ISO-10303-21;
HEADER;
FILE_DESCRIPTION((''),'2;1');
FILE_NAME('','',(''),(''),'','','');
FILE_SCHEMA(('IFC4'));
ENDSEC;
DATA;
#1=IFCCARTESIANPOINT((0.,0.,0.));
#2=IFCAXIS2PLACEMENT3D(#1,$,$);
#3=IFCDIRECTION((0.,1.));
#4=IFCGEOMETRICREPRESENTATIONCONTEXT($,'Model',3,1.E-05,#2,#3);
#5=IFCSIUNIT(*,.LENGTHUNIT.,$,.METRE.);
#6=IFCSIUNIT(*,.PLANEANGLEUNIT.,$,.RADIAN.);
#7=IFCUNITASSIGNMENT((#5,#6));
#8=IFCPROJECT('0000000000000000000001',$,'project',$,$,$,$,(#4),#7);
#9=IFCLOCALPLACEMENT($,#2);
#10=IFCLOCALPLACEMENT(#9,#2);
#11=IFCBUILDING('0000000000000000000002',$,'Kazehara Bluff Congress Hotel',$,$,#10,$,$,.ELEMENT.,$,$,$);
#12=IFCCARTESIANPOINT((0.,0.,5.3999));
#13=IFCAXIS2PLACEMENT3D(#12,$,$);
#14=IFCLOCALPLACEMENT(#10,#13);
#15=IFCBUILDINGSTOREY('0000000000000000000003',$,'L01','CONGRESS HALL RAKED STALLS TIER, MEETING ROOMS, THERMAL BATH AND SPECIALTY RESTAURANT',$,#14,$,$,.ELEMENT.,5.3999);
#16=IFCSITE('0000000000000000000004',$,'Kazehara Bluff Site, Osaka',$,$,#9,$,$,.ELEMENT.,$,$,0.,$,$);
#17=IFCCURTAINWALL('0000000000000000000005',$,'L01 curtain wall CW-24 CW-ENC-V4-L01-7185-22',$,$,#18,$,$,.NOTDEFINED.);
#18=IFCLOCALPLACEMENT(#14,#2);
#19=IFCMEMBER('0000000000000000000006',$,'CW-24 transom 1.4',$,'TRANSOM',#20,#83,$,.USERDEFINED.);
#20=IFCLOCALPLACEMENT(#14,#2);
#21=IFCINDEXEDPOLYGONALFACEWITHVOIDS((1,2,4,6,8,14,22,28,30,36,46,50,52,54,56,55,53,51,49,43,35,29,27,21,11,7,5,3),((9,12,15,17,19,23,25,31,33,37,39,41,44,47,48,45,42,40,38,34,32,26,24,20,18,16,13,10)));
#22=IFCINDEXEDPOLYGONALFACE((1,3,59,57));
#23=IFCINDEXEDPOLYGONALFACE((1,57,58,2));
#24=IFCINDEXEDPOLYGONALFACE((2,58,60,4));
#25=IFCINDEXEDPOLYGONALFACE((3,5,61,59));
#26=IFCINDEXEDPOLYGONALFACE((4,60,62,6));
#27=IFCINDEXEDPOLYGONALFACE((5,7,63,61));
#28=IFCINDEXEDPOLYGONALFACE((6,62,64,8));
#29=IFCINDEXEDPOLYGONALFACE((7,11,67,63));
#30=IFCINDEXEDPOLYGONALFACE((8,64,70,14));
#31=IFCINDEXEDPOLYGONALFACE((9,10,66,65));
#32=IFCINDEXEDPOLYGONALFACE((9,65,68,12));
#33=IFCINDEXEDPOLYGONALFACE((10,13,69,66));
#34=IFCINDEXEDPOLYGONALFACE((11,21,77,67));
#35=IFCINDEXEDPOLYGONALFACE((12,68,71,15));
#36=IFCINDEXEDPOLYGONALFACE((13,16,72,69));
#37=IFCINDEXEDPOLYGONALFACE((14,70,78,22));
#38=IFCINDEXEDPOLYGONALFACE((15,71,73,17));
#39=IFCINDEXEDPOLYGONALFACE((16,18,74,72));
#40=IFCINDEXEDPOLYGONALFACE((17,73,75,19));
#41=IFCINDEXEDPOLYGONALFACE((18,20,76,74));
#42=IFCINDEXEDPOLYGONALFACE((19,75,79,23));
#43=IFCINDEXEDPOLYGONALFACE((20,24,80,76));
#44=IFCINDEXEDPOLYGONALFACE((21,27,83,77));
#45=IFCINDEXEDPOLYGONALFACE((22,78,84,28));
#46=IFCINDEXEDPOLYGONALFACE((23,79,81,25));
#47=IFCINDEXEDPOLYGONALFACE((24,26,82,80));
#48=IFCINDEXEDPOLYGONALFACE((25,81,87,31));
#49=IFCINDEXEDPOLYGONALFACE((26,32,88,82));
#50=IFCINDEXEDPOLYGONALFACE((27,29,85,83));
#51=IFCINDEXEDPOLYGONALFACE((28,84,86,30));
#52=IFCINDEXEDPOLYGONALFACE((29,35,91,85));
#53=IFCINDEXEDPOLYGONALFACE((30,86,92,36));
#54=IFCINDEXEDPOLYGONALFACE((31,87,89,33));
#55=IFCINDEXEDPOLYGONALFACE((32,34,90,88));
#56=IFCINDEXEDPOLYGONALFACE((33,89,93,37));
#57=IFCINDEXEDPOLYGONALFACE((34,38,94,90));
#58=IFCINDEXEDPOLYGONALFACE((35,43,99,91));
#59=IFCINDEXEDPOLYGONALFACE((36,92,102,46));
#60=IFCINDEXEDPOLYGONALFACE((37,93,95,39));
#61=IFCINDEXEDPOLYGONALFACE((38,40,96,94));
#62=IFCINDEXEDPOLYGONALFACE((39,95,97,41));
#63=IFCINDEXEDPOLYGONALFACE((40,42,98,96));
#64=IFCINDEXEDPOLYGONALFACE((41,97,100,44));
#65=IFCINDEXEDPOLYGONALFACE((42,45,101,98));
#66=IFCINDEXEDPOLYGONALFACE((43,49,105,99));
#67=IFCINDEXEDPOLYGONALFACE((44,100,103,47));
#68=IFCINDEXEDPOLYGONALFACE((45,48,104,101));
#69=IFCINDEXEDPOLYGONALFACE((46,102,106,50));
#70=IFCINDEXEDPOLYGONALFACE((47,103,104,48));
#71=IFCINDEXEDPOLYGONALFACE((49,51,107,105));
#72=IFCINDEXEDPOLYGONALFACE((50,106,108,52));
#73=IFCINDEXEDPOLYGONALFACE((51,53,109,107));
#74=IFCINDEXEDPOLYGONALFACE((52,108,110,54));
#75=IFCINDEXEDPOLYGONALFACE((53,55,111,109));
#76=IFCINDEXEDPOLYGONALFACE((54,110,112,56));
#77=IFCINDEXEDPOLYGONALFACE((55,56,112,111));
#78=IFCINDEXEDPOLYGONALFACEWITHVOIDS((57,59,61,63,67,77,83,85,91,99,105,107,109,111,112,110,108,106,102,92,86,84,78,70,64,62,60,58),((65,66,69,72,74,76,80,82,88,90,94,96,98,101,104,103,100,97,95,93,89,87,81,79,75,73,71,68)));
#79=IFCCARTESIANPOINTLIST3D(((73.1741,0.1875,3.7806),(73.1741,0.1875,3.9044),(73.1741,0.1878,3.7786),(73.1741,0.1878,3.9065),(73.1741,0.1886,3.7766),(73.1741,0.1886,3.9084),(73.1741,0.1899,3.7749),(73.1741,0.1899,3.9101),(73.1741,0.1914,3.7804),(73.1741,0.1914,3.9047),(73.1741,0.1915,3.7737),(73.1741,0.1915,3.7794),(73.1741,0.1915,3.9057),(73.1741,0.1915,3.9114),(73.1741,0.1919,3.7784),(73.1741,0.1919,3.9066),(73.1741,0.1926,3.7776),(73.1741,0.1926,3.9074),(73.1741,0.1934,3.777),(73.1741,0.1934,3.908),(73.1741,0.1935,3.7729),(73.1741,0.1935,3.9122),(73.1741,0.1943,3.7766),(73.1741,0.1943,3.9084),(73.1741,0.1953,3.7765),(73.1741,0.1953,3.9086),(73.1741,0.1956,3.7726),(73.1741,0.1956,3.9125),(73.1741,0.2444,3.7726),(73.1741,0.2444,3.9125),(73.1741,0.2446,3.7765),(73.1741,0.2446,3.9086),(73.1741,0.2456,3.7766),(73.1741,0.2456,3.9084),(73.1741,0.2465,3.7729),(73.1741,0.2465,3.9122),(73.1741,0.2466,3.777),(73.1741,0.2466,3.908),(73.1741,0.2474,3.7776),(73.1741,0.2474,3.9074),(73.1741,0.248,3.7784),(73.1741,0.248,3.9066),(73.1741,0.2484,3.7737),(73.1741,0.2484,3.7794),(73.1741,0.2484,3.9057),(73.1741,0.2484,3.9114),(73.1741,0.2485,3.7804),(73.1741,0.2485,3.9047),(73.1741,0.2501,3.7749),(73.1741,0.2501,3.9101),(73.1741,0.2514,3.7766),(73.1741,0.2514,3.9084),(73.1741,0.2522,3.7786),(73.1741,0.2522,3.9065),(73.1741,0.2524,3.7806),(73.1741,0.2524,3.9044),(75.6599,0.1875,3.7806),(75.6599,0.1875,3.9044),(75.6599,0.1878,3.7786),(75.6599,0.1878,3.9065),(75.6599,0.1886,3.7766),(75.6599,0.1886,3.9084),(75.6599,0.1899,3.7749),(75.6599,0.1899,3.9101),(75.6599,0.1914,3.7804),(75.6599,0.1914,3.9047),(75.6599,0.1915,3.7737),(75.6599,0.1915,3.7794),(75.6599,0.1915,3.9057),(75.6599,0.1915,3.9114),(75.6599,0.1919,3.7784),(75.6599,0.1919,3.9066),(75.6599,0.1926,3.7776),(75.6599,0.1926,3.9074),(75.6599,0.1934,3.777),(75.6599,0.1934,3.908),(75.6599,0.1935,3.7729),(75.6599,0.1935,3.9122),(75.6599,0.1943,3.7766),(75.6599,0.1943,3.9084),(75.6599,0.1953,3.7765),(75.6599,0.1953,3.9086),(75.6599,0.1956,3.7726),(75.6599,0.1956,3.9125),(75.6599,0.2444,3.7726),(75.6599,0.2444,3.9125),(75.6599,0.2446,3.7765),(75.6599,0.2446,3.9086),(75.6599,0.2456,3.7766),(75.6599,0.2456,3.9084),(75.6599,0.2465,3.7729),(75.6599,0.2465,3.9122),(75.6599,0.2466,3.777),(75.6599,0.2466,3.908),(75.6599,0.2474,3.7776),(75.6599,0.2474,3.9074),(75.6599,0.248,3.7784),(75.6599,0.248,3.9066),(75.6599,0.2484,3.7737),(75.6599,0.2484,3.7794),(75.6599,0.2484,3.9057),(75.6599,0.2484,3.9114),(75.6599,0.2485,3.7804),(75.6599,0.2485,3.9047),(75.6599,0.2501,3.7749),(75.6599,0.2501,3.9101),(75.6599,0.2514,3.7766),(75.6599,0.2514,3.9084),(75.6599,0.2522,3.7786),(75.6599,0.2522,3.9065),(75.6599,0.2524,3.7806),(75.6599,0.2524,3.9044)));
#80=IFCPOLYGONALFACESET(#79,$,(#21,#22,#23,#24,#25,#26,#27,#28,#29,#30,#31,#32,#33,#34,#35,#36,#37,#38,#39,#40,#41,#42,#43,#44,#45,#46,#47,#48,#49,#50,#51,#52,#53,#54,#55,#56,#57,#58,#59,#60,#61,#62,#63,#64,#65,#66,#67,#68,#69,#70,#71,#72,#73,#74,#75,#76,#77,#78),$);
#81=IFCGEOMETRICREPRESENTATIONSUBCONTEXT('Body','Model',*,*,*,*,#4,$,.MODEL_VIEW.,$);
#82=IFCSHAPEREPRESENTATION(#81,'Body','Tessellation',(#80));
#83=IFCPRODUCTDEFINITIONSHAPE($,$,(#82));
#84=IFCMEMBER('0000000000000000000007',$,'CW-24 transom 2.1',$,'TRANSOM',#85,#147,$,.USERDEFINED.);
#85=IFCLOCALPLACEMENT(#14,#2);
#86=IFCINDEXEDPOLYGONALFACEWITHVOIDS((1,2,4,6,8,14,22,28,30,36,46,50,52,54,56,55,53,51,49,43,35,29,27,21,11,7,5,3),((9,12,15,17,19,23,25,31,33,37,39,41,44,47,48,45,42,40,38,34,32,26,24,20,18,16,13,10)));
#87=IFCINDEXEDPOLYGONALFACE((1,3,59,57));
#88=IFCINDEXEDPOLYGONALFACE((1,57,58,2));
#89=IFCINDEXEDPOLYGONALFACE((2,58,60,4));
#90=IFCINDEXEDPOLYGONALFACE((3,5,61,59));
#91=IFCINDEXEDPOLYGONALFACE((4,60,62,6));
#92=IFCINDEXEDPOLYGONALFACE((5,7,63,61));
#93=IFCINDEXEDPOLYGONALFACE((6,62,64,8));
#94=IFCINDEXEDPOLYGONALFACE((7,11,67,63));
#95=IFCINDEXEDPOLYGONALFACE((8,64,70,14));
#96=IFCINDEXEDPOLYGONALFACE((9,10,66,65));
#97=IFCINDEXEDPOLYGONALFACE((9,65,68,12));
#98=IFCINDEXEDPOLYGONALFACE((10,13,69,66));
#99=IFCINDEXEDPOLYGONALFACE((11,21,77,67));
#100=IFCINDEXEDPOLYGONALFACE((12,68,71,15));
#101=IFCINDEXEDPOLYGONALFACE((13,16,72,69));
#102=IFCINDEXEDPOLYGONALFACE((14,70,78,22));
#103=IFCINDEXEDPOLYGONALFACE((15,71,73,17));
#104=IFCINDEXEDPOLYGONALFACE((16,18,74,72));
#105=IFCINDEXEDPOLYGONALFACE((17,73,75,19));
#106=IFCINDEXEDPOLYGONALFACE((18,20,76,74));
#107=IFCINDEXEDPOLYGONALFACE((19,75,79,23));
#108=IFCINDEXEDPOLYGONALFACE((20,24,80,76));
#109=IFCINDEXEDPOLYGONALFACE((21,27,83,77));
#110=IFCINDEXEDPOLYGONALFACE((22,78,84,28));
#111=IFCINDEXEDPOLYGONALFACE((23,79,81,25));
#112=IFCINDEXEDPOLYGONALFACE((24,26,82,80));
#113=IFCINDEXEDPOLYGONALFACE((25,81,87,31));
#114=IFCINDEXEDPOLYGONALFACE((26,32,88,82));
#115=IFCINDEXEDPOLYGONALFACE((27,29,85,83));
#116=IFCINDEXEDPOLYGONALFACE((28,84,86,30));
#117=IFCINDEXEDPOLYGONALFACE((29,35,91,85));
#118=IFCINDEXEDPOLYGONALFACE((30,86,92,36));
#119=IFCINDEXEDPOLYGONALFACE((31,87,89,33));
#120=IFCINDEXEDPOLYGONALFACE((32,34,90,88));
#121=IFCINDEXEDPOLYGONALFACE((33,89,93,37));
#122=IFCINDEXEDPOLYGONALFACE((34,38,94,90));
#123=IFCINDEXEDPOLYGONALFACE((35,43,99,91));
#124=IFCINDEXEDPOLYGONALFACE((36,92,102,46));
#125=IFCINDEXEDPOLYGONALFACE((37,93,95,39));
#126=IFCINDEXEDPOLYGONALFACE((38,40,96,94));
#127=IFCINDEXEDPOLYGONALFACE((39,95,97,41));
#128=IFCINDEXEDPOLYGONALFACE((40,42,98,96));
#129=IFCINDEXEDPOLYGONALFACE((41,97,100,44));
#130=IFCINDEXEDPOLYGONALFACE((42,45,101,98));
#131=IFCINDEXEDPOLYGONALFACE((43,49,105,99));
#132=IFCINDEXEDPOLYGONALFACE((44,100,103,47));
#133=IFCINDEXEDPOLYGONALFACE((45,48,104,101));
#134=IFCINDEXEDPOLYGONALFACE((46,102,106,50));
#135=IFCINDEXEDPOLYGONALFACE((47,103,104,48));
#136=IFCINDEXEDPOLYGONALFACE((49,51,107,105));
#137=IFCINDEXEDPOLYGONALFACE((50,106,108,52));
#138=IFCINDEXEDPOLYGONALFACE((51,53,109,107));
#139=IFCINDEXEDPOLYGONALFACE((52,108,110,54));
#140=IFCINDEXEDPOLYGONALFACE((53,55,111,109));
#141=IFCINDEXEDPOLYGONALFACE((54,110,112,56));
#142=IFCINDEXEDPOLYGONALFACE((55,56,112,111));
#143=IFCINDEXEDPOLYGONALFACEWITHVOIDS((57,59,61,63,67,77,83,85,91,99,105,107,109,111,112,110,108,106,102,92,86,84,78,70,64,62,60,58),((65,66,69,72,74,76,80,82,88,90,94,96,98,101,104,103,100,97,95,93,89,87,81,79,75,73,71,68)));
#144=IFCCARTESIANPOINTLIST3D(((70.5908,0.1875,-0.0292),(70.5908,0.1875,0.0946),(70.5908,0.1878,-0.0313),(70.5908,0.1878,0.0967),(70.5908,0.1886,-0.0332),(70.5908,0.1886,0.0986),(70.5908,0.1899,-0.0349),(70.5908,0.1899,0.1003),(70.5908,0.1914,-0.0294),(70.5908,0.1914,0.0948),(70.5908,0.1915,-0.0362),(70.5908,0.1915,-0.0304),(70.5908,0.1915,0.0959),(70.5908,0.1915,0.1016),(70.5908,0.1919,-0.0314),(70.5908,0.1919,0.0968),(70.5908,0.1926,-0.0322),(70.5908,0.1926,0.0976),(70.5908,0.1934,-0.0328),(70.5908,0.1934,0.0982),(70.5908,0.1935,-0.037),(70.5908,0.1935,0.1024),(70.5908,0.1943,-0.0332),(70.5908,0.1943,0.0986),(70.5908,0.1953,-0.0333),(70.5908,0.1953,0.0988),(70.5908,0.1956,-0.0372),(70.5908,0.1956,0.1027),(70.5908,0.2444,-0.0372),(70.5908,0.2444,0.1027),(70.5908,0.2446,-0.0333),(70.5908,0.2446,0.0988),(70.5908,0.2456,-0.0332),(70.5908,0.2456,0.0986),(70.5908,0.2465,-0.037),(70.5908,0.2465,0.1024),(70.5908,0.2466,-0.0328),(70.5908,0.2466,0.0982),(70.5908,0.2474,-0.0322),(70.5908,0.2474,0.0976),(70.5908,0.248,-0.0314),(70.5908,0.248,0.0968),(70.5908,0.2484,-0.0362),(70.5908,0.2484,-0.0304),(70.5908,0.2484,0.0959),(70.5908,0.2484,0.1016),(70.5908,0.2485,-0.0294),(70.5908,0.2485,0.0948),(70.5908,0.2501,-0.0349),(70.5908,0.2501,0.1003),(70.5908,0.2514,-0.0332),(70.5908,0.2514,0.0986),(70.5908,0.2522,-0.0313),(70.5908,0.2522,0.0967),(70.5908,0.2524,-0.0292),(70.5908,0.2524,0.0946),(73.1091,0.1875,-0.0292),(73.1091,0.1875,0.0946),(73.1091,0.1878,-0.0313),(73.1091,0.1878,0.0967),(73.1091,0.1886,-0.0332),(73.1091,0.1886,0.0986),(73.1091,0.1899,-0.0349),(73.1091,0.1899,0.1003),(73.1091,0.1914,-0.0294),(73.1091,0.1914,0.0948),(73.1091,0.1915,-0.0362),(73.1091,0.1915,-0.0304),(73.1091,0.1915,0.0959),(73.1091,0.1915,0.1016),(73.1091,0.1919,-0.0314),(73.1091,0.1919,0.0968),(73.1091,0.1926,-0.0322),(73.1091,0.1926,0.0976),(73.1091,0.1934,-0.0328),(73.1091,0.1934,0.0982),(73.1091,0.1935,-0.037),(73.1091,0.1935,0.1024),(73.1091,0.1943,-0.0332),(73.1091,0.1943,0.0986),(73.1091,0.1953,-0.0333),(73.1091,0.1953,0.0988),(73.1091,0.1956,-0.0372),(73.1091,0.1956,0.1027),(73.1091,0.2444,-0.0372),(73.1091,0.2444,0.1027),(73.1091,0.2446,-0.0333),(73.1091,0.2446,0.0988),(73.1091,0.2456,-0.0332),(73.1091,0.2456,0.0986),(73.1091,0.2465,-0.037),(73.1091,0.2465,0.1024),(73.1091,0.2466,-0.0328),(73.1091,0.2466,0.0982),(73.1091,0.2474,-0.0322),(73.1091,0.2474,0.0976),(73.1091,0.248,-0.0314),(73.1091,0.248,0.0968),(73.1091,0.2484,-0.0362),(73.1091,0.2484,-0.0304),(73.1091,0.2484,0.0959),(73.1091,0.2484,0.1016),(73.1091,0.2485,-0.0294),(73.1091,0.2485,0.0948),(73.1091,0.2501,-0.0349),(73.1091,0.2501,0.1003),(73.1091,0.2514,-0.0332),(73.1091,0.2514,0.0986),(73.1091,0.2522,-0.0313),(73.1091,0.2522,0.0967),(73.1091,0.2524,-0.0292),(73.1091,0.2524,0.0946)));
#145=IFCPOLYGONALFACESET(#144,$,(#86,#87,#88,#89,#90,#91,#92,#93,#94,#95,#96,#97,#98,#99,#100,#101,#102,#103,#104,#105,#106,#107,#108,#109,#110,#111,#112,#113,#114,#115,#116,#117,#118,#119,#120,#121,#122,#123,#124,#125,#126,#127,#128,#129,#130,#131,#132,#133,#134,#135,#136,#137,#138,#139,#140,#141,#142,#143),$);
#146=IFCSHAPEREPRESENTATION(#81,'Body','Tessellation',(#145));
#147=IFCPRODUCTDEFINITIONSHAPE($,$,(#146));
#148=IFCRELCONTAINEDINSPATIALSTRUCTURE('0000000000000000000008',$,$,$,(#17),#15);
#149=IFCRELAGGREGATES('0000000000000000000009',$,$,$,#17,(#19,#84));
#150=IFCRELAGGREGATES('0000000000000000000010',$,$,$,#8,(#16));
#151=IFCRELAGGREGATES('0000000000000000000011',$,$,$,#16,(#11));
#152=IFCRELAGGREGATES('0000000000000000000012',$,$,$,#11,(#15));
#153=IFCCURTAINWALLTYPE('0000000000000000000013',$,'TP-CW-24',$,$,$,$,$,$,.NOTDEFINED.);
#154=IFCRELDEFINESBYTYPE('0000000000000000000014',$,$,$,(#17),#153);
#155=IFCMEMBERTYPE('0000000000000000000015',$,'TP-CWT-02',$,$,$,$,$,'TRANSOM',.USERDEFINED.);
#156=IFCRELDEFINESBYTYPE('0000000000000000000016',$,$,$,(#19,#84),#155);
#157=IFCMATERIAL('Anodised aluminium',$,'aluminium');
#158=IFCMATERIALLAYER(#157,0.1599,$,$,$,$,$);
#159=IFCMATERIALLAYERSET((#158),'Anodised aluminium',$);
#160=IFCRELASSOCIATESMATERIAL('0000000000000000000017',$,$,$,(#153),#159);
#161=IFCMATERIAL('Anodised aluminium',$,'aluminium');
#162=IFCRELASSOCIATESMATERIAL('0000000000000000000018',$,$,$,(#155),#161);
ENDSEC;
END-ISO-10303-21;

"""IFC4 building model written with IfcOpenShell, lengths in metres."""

from ifc_helpers import new_model, si_unit, direction, frame, origin, origin_2d, place, context, subcontext, project, spatial, hollow_rectangle, extrude, material, layer, layer_set, material_profile, profile_set, type_object, element, aggregate, save


model = new_model("IFC4")

# Units and contexts
model_context = context("Model", 3, precision=1e-05, world=origin(), true_north=direction((0.0, 1.0)))
body_context = subcontext(model_context, "Body", "Model", "MODEL_VIEW")
ifc_project = project(units=[si_unit("LENGTHUNIT", "METRE"), si_unit("PLANEANGLEUNIT", "RADIAN")], contexts=[model_context])

# Site, building, storey
site_placement = place(None, origin())
site = spatial("IfcSite", under=ifc_project, at=site_placement, Name="Kazehara Bluff Site, Osaka", CompositionType="ELEMENT", RefElevation=0.0)
building_placement = place(site_placement, origin())
building = spatial("IfcBuilding", under=site, at=building_placement, Name="Kazehara Bluff Congress Hotel", CompositionType="ELEMENT")
storey_placement = place(building_placement, frame((0.0, 0.0, 5.3999)))
storey = spatial("IfcBuildingStorey", under=building, at=storey_placement, Name="L01", Description="CONGRESS HALL RAKED STALLS TIER, MEETING ROOMS, THERMAL BATH AND SPECIALTY RESTAURANT", CompositionType="ELEMENT", Elevation=5.3999)

# Curtain wall
ifc_material_1 = material(Name="Anodised aluminium", Category="aluminium")
ifc_layer_1 = layer(ifc_material_1, 0.1599)
ifc_layer_set_1 = layer_set([ifc_layer_1], Name="Anodised aluminium")
curtain_wall_type_1 = type_object("IfcCurtainWallType", Name="TP-CW-24", PredefinedType="NOTDEFINED", material=ifc_layer_set_1)
curtain_wall_1_placement = place(storey_placement, origin())
curtain_wall_1 = element("IfcCurtainWall", 1, at=curtain_wall_1_placement, inside=storey, type_object=curtain_wall_type_1, Name="L01 curtain wall CW-24 CW-ENC-V4-L01-7185-22", PredefinedType="NOTDEFINED")

# Members
ifc_material_2 = material(Name="Anodised aluminium", Category="aluminium")
ifc_material_profile_1 = material_profile(ifc_material_2, hollow_rectangle(XDim=0.0649, YDim=0.1399, WallThickness=0.0039, InnerFilletRadius=0.0039, OuterFilletRadius=0.0081, at=origin_2d()))
ifc_profile_set_1 = profile_set([ifc_material_profile_1], Name="Anodised aluminium")
member_type_1 = type_object("IfcMemberType", Name="TP-CWT-02", ElementType="TRANSOM", PredefinedType="USERDEFINED", material=ifc_profile_set_1)
member_1_placement = place(storey_placement, frame((75.6599, 0.22, 3.8425), z_axis=(-1.0, 0.0, 0.0), x_axis=(0.0, -1.0, 0.0)))
member_1 = element("IfcMember", 2, at=member_1_placement, type_object=member_type_1, Name="CW-24 transom 1.4", ObjectType="TRANSOM", PredefinedType="USERDEFINED", context=body_context, shape_type="SweptSolid", body=[
    extrude(hollow_rectangle(XDim=0.0649, YDim=0.1399, WallThickness=0.0039, InnerFilletRadius=0.0039, OuterFilletRadius=0.0081, at=origin_2d()), origin(), (0.0, 0.0, 1.0), 2.4858),
])
member_2_placement = place(storey_placement, frame((73.1091, 0.22, 0.0327), z_axis=(-1.0, 0.0, 0.0), x_axis=(0.0, -1.0, 0.0)))
member_2 = element("IfcMember", 3, at=member_2_placement, type_object=member_type_1, Name="CW-24 transom 2.1", ObjectType="TRANSOM", PredefinedType="USERDEFINED", context=body_context, shape_type="SweptSolid", body=[
    extrude(hollow_rectangle(XDim=0.0649, YDim=0.1399, WallThickness=0.0039, InnerFilletRadius=0.0039, OuterFilletRadius=0.0081, at=origin_2d()), origin(), (0.0, 0.0, 1.0), 2.5183),
])

aggregate(curtain_wall_1, [member_1, member_2])

save(model, "model.ifc")
